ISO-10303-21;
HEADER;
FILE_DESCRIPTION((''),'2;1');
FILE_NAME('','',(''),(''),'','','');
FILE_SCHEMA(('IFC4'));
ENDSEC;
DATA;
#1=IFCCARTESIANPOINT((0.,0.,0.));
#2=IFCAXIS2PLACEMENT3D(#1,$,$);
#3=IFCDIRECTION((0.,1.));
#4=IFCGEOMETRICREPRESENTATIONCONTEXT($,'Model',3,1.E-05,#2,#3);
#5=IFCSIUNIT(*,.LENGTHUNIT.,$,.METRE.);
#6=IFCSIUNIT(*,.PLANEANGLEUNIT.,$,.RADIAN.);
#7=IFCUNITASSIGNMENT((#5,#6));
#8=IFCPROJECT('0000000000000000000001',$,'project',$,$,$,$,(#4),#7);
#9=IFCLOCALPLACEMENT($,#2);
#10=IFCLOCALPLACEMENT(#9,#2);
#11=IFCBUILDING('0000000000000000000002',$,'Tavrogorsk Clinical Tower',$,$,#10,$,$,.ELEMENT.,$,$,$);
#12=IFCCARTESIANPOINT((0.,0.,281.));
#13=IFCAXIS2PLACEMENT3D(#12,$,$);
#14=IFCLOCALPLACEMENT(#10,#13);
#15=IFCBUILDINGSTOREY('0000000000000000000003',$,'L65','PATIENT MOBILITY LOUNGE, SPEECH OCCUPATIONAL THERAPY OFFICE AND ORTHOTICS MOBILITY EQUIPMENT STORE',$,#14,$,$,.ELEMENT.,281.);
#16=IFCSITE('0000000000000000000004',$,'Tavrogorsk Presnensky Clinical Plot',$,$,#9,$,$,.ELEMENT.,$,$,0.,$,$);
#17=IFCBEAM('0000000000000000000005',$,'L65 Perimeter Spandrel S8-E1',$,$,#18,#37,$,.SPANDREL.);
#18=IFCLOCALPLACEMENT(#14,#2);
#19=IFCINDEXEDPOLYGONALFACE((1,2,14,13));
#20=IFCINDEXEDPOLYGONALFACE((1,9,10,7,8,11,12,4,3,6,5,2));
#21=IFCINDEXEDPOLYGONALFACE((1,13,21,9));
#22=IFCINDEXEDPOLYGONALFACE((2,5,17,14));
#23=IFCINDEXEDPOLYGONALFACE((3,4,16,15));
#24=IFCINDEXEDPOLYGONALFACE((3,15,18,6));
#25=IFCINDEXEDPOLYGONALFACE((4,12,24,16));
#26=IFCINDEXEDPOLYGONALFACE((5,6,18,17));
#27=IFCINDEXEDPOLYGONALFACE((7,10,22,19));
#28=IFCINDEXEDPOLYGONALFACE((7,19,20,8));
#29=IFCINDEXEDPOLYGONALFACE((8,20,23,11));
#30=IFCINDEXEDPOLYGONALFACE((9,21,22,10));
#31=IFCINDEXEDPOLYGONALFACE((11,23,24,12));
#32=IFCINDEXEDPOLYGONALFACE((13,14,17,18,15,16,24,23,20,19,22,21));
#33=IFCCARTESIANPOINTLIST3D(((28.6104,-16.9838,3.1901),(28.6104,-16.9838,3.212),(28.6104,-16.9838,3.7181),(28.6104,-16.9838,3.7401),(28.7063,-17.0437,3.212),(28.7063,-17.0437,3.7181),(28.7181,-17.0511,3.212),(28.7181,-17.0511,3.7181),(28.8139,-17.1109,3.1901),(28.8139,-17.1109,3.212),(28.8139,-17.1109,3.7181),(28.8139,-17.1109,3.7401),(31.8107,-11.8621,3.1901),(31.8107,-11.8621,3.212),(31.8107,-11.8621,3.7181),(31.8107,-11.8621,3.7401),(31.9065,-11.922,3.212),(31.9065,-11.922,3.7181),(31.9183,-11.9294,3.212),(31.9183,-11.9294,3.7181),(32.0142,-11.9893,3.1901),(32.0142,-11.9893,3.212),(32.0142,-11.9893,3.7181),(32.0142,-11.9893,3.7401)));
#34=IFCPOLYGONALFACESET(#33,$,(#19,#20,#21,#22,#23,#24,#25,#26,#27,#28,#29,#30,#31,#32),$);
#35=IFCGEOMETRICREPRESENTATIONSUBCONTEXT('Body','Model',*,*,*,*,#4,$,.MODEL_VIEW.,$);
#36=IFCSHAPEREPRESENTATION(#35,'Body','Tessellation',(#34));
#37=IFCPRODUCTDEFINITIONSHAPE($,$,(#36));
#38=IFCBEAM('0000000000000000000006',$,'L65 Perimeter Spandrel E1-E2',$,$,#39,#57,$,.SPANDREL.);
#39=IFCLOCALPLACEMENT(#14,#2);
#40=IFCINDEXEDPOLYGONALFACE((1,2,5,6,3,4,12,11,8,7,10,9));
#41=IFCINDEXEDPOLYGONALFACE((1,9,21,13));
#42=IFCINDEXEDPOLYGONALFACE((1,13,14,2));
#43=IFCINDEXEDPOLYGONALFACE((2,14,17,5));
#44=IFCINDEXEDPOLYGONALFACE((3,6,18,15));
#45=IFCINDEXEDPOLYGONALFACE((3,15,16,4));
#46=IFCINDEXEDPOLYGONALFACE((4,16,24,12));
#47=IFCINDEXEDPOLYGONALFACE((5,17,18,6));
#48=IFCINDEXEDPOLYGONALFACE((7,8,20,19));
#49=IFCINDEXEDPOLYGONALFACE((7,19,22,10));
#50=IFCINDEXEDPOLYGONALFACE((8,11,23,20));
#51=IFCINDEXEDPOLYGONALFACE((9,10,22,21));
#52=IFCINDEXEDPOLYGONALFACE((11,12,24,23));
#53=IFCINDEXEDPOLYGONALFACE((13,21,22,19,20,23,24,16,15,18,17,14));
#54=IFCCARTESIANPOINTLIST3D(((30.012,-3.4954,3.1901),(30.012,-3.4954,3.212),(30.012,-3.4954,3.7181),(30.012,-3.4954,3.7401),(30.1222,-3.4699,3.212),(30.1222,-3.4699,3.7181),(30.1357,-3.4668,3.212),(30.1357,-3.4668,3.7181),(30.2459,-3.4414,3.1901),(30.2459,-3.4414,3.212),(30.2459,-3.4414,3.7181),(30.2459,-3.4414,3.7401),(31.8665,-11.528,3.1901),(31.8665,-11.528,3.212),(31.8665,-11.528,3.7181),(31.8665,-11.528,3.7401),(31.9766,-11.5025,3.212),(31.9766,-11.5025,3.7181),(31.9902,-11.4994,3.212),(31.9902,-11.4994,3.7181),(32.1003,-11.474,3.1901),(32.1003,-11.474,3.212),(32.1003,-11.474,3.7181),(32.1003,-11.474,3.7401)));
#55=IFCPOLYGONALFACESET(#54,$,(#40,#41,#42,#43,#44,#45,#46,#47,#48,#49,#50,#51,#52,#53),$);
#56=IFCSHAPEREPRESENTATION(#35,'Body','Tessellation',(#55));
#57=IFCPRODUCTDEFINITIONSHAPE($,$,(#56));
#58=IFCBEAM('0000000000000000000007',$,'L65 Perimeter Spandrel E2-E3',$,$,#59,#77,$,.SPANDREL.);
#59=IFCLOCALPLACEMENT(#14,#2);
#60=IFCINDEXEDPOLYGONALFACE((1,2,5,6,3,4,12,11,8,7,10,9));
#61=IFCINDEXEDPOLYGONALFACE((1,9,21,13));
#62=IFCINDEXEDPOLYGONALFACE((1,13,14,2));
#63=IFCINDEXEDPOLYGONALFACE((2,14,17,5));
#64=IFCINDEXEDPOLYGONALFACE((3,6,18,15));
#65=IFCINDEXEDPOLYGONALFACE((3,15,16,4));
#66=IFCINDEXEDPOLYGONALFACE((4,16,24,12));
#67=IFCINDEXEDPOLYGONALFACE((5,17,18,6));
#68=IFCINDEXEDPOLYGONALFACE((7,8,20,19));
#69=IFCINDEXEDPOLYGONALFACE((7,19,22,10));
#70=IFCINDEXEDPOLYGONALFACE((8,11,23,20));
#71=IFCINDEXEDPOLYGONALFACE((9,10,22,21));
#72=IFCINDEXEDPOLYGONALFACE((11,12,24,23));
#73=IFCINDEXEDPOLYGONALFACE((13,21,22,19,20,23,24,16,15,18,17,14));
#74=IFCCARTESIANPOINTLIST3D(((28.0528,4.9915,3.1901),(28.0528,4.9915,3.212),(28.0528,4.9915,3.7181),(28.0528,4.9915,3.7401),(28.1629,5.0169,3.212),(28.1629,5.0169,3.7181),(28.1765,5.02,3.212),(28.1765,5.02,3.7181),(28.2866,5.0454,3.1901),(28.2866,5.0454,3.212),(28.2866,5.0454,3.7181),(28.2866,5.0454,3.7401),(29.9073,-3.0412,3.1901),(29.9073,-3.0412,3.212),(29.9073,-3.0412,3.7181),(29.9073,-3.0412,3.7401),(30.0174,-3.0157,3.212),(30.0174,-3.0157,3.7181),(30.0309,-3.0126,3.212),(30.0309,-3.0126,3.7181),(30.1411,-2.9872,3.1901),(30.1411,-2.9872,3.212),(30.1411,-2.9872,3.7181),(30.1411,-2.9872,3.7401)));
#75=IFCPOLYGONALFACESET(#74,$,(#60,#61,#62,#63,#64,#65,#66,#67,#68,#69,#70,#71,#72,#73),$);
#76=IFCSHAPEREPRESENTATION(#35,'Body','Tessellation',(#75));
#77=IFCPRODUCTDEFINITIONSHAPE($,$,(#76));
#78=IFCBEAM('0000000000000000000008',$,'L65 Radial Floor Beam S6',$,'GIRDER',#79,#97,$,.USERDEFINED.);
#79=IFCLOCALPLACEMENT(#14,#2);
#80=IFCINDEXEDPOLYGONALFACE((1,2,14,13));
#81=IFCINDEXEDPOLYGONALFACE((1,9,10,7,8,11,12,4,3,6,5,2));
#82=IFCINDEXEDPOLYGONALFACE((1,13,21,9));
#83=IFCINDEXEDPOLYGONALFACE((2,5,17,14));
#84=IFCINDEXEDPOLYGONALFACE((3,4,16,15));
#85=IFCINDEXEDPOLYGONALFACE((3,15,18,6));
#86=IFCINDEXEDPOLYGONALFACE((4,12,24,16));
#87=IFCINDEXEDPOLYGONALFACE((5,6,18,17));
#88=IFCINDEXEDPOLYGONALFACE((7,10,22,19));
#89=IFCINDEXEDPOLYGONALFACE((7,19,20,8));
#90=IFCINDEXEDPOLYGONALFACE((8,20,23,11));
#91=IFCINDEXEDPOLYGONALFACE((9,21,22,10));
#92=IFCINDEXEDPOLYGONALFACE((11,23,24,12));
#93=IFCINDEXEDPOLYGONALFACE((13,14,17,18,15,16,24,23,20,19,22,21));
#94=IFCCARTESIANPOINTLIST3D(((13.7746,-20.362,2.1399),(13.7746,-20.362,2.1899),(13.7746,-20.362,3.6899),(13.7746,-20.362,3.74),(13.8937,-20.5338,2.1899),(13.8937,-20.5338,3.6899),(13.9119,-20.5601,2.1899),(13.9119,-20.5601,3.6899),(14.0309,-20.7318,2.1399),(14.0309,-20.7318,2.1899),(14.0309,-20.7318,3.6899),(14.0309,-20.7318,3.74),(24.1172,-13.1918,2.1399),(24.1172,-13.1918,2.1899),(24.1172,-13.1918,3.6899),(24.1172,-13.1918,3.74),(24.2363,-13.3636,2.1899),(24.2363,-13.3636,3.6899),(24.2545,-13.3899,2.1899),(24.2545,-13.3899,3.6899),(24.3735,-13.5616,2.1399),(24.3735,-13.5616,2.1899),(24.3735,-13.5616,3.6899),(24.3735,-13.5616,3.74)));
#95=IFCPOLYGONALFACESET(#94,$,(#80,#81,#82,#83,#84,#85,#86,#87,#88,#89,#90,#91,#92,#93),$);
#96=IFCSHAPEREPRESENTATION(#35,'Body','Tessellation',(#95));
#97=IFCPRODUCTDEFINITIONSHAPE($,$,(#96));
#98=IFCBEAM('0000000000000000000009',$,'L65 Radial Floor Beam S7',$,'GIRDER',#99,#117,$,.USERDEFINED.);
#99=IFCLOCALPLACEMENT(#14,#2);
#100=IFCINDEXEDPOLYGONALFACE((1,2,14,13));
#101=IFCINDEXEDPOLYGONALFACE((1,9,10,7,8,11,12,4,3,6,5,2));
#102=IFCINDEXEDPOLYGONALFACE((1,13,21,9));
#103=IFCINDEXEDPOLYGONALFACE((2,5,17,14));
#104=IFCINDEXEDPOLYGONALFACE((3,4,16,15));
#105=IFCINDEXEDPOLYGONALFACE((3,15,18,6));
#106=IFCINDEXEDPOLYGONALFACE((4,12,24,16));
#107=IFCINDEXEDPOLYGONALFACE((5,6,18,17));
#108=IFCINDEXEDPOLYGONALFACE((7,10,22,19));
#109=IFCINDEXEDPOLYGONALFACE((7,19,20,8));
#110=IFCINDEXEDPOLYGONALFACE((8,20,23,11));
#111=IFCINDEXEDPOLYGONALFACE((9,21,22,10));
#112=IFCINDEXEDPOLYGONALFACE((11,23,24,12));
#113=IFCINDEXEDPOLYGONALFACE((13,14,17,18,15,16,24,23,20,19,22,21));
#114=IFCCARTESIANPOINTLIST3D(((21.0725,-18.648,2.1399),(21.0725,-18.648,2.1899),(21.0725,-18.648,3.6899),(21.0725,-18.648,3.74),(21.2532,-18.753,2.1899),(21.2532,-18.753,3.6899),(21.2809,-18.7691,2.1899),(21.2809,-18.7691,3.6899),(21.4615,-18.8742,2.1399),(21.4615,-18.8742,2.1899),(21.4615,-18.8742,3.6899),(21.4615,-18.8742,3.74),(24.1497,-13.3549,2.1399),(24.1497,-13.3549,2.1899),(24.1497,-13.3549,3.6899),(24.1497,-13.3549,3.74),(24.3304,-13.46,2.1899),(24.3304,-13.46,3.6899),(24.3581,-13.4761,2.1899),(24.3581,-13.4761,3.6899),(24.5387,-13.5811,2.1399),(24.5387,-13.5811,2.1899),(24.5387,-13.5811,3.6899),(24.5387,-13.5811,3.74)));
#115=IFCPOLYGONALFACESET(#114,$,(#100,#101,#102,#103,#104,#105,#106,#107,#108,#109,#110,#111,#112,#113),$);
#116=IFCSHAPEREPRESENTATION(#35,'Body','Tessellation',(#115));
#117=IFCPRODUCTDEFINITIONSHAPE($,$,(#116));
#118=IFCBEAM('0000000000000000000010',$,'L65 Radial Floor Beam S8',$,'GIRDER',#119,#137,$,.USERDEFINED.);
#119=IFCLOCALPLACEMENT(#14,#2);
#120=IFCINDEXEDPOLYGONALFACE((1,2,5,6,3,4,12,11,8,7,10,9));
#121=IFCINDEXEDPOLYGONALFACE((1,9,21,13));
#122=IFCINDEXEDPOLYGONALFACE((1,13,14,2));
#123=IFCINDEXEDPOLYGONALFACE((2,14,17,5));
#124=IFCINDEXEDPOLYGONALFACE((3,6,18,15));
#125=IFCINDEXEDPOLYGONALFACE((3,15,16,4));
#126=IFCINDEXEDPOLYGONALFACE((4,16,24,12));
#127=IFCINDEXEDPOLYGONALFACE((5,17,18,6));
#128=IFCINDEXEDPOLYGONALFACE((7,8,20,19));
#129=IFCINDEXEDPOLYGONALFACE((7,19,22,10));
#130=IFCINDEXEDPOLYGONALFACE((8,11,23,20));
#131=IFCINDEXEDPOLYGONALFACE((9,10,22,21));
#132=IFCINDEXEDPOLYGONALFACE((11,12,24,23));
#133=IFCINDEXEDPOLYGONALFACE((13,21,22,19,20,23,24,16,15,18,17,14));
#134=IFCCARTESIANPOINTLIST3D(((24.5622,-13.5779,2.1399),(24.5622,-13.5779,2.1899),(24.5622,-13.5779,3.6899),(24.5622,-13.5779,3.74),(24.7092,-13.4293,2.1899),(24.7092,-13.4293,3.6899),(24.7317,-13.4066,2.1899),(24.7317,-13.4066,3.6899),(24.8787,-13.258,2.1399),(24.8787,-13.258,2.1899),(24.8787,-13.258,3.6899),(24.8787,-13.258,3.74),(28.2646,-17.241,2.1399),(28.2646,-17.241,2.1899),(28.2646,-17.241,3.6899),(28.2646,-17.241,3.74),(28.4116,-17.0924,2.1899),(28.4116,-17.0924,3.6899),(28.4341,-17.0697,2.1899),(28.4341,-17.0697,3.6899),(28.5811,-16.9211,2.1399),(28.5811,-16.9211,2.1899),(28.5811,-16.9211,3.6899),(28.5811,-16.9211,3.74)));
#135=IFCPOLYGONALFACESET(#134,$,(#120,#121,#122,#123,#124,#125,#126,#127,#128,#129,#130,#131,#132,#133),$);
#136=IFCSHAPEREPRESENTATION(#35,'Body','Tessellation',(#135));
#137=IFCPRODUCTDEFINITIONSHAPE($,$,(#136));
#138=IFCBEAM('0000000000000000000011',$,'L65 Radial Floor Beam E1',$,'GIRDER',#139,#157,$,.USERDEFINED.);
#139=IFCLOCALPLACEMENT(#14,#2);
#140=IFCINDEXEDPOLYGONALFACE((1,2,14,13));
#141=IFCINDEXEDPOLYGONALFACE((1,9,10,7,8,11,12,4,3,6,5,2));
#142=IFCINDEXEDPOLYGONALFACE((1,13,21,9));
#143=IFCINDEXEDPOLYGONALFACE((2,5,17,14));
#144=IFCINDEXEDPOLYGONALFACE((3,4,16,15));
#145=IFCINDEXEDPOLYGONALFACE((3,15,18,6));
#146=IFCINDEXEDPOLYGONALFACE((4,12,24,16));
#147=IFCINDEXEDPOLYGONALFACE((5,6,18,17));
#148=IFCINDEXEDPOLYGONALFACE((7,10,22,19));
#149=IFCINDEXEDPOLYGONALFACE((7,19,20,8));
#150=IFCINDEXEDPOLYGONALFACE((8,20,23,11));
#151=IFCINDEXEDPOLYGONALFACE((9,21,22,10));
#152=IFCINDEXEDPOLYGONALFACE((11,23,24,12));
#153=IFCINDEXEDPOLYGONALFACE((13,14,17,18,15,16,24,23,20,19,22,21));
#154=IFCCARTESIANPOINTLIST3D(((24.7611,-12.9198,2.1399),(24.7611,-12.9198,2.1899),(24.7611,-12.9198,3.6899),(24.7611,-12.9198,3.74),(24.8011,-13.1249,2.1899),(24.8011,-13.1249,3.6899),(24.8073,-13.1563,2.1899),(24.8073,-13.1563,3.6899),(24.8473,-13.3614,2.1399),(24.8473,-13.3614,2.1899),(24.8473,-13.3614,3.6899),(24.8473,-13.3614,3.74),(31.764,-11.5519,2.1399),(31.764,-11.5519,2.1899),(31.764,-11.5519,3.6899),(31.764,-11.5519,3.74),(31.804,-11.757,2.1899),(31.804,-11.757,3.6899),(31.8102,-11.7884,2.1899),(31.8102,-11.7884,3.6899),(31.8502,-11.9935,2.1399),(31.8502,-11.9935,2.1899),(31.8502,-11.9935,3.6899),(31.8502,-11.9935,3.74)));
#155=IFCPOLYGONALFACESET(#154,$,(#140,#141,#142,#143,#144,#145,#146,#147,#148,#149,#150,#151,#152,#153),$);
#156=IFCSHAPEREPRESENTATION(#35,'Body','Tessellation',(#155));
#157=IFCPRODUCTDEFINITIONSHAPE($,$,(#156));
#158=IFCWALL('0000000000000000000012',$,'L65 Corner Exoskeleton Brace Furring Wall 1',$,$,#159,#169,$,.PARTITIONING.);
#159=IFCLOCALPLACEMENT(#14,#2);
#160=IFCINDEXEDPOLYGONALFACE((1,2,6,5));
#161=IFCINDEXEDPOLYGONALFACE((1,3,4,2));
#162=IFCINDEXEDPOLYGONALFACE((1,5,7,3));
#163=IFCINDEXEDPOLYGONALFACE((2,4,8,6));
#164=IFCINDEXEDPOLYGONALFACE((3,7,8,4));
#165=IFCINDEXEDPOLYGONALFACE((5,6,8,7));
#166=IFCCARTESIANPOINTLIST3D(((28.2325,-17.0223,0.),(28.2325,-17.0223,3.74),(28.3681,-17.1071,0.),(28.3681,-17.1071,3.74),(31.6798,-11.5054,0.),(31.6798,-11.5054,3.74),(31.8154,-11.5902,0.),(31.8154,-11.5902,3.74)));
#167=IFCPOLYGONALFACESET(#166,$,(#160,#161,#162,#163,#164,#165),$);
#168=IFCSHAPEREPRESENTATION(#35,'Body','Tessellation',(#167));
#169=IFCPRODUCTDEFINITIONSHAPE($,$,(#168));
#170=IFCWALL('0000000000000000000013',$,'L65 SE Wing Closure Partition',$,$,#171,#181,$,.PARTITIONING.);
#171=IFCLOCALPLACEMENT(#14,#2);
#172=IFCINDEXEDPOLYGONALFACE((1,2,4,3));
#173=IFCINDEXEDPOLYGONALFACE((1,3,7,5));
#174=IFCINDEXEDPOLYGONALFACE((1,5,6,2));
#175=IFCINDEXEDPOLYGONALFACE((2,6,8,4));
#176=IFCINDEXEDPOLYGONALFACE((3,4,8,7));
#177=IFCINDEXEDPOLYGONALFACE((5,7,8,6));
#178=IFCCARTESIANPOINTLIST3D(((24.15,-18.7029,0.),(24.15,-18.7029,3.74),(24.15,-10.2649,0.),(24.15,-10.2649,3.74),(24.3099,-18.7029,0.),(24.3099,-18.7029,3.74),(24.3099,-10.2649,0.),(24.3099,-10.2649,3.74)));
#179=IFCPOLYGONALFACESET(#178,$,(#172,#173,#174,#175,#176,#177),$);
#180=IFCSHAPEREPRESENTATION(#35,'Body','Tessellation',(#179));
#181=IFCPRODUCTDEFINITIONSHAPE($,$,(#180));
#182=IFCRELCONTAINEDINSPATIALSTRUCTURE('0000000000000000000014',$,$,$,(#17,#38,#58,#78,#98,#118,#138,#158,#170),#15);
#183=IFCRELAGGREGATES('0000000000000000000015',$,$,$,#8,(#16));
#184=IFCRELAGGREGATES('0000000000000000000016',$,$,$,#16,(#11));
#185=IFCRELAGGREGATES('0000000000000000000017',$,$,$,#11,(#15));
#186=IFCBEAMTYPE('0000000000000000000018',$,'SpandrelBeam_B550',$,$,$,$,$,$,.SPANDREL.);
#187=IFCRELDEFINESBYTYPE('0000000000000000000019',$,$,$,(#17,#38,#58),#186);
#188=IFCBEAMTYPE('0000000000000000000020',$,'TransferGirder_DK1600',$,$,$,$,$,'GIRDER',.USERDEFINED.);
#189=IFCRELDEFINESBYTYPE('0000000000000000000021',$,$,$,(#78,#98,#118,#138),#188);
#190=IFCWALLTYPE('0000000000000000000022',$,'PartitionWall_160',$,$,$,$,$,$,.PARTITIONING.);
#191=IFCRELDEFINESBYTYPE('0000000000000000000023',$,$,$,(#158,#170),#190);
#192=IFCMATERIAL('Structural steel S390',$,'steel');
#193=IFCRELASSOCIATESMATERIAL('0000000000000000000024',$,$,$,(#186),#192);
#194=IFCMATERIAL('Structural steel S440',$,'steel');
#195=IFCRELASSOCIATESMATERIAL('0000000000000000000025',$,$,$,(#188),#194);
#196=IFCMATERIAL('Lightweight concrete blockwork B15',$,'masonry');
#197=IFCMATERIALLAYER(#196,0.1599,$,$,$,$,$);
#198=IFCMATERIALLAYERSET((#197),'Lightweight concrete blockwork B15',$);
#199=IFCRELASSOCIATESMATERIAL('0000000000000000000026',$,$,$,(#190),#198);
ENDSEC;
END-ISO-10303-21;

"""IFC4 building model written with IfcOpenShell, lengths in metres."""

from ifc_helpers import new_model, si_unit, direction, frame, frame_2d, origin, origin_2d, place, context, subcontext, project, spatial, rectangle, i_section, extrude, material, layer, layer_set, material_profile, profile_set, type_object, element, save


model = new_model("IFC4")

# Units and contexts
model_context = context("Model", 3, precision=1e-05, world=origin(), true_north=direction((0.0, 1.0)))
body_context = subcontext(model_context, "Body", "Model", "MODEL_VIEW")
ifc_project = project(units=[si_unit("LENGTHUNIT", "METRE"), si_unit("PLANEANGLEUNIT", "RADIAN")], contexts=[model_context])

# Site, building, storey
site_placement = place(None, origin())
site = spatial("IfcSite", under=ifc_project, at=site_placement, Name="Tavrogorsk Presnensky Clinical Plot", CompositionType="ELEMENT", RefElevation=0.0)
building_placement = place(site_placement, origin())
building = spatial("IfcBuilding", under=site, at=building_placement, Name="Tavrogorsk Clinical Tower", CompositionType="ELEMENT")
storey_placement = place(building_placement, frame((0.0, 0.0, 281.0)))
storey = spatial("IfcBuildingStorey", under=building, at=storey_placement, Name="L65", Description="PATIENT MOBILITY LOUNGE, SPEECH OCCUPATIONAL THERAPY OFFICE AND ORTHOTICS MOBILITY EQUIPMENT STORE", CompositionType="ELEMENT", Elevation=281.0)

# Beams
ifc_material_1 = material(Name="Structural steel S390", Category="steel")
ifc_material_profile_1 = material_profile(ifc_material_1, i_section(OverallWidth=0.24, OverallDepth=0.55, WebThickness=0.0139, FlangeThickness=0.022, at=origin_2d()), Name="B-550x240x14x22")
ifc_profile_set_1 = profile_set([ifc_material_profile_1], Name="Structural steel S390")
beam_type_1 = type_object("IfcBeamType", Name="SpandrelBeam_B550", PredefinedType="SPANDREL", material=ifc_profile_set_1)
beam_1_placement = place(storey_placement, frame((28.7122, -17.0474, 3.4651), z_axis=(0.529904, 0.848057, 0.0), x_axis=(-0.848057, 0.529904, 0.0)))
element("IfcBeam", 1, at=beam_1_placement, inside=storey, type_object=beam_type_1, Name="L65 Perimeter Spandrel S8-E1", PredefinedType="SPANDREL", context=body_context, shape_type="SweptSolid", body=[
    extrude(i_section(OverallWidth=0.24, OverallDepth=0.55, WebThickness=0.0139, FlangeThickness=0.022, at=origin_2d()), origin(), (0.0, 0.0, 1.0), 6.0393),
])
for number, where, z_axis, x_axis, name in (
    (2, (31.9834, -11.501, 3.4651), (-0.22495, 0.97437, 0.0), (-0.97437, -0.22495, 0.0), "L65 Perimeter Spandrel E1-E2"),
    (3, (30.0242, -3.0142, 3.4651), (-0.22495, 0.97437, 0.0), (-0.97437, -0.22495, 0.0), "L65 Perimeter Spandrel E2-E3"),
):
    element("IfcBeam", number, at=place(storey_placement, frame(where, z_axis=z_axis, x_axis=x_axis)), inside=storey, type_object=beam_type_1, Name=name, PredefinedType="SPANDREL", context=body_context, shape_type="SweptSolid", body=[
        extrude(i_section(OverallWidth=0.24, OverallDepth=0.55, WebThickness=0.0139, FlangeThickness=0.022, at=origin_2d()), origin(), (0.0, 0.0, 1.0), 8.2439),
    ])
ifc_material_2 = material(Name="Structural steel S440", Category="steel")
ifc_material_profile_2 = material_profile(ifc_material_2, i_section(OverallWidth=0.45, OverallDepth=1.6001, WebThickness=0.032, FlangeThickness=0.05, at=origin_2d()), Name="DK-1600x450x32x50")
ifc_profile_set_2 = profile_set([ifc_material_profile_2], Name="Structural steel S440")
beam_type_2 = type_object("IfcBeamType", Name="TransferGirder_DK1600", ElementType="GIRDER", PredefinedType="USERDEFINED", material=ifc_profile_set_2)
beam_2_placement = place(storey_placement, frame((24.2454, -13.3767, 2.9399), z_axis=(-0.821822, -0.569745, 0.0), x_axis=(0.569745, -0.821822, 0.0)))
element("IfcBeam", 4, at=beam_2_placement, inside=storey, type_object=beam_type_2, Name="L65 Radial Floor Beam S6", ObjectType="GIRDER", PredefinedType="USERDEFINED", context=body_context, shape_type="SweptSolid", body=[
    extrude(i_section(OverallWidth=0.45, OverallDepth=1.6001, WebThickness=0.032, FlangeThickness=0.05, at=origin_2d()), origin(), (0.0, 0.0, 1.0), 12.585),
])
beam_3_placement = place(storey_placement, frame((24.3442, -13.468, 2.9399), z_axis=(-0.502601, -0.864518, 0.0), x_axis=(0.864518, -0.502601, 0.0)))
element("IfcBeam", 5, at=beam_3_placement, inside=storey, type_object=beam_type_2, Name="L65 Radial Floor Beam S7", ObjectType="GIRDER", PredefinedType="USERDEFINED", context=body_context, shape_type="SweptSolid", body=[
    extrude(i_section(OverallWidth=0.45, OverallDepth=1.6001, WebThickness=0.032, FlangeThickness=0.05, at=origin_2d()), origin(), (0.0, 0.0, 1.0), 6.1226),
])
beam_4_placement = place(storey_placement, frame((24.7205, -13.418, 2.9399), z_axis=(0.71087, -0.703323, 0.0), x_axis=(0.703323, 0.71087, 0.0)))
element("IfcBeam", 6, at=beam_4_placement, inside=storey, type_object=beam_type_2, Name="L65 Radial Floor Beam S8", ObjectType="GIRDER", PredefinedType="USERDEFINED", context=body_context, shape_type="SweptSolid", body=[
    extrude(i_section(OverallWidth=0.45, OverallDepth=1.6001, WebThickness=0.032, FlangeThickness=0.05, at=origin_2d()), origin(), (0.0, 0.0, 1.0), 5.2083),
])
beam_5_placement = place(storey_placement, frame((24.8042, -13.1406, 2.9399), z_axis=(0.981451, 0.191712, 0.0), x_axis=(-0.191712, 0.981451, 0.0)))
element("IfcBeam", 7, at=beam_5_placement, inside=storey, type_object=beam_type_2, Name="L65 Radial Floor Beam E1", ObjectType="GIRDER", PredefinedType="USERDEFINED", context=body_context, shape_type="SweptSolid", body=[
    extrude(i_section(OverallWidth=0.45, OverallDepth=1.6001, WebThickness=0.032, FlangeThickness=0.05, at=origin_2d()), origin(), (0.0, 0.0, 1.0), 7.1353),
])

# Walls
ifc_material_3 = material(Name="Lightweight concrete blockwork B15", Category="masonry")
ifc_layer_1 = layer(ifc_material_3, 0.1599)
ifc_layer_set_1 = layer_set([ifc_layer_1], Name="Lightweight concrete blockwork B15")
wall_type_1 = type_object("IfcWallType", Name="PartitionWall_160", PredefinedType="PARTITIONING", material=ifc_layer_set_1)
wall_1_placement = place(storey_placement, frame((28.3003, -17.0647, 0.0), z_axis=(0.0, 0.0, 1.0), x_axis=(0.529915, 0.848051, 0.0)))
element("IfcWall", 8, at=wall_1_placement, inside=storey, type_object=wall_type_1, Name="L65 Corner Exoskeleton Brace Furring Wall 1", PredefinedType="PARTITIONING", context=body_context, shape_type="SweptSolid", body=[
    extrude(rectangle(XDim=6.5054, YDim=0.1599, at=frame_2d((3.2527, 0.0))), origin(), (0.0, 0.0, 1.0), 3.74),
])
wall_2_placement = place(storey_placement, frame((24.23, -18.7029, 0.0), z_axis=(0.0, 0.0, 1.0), x_axis=(0.0, 1.0, 0.0)))
element("IfcWall", 9, at=wall_2_placement, inside=storey, type_object=wall_type_1, Name="L65 SE Wing Closure Partition", PredefinedType="PARTITIONING", context=body_context, shape_type="SweptSolid", body=[
    extrude(rectangle(XDim=8.438, YDim=0.1599, at=frame_2d((4.219, 0.0))), origin(), (0.0, 0.0, 1.0), 3.74),
])

save(model, "model.ifc")
